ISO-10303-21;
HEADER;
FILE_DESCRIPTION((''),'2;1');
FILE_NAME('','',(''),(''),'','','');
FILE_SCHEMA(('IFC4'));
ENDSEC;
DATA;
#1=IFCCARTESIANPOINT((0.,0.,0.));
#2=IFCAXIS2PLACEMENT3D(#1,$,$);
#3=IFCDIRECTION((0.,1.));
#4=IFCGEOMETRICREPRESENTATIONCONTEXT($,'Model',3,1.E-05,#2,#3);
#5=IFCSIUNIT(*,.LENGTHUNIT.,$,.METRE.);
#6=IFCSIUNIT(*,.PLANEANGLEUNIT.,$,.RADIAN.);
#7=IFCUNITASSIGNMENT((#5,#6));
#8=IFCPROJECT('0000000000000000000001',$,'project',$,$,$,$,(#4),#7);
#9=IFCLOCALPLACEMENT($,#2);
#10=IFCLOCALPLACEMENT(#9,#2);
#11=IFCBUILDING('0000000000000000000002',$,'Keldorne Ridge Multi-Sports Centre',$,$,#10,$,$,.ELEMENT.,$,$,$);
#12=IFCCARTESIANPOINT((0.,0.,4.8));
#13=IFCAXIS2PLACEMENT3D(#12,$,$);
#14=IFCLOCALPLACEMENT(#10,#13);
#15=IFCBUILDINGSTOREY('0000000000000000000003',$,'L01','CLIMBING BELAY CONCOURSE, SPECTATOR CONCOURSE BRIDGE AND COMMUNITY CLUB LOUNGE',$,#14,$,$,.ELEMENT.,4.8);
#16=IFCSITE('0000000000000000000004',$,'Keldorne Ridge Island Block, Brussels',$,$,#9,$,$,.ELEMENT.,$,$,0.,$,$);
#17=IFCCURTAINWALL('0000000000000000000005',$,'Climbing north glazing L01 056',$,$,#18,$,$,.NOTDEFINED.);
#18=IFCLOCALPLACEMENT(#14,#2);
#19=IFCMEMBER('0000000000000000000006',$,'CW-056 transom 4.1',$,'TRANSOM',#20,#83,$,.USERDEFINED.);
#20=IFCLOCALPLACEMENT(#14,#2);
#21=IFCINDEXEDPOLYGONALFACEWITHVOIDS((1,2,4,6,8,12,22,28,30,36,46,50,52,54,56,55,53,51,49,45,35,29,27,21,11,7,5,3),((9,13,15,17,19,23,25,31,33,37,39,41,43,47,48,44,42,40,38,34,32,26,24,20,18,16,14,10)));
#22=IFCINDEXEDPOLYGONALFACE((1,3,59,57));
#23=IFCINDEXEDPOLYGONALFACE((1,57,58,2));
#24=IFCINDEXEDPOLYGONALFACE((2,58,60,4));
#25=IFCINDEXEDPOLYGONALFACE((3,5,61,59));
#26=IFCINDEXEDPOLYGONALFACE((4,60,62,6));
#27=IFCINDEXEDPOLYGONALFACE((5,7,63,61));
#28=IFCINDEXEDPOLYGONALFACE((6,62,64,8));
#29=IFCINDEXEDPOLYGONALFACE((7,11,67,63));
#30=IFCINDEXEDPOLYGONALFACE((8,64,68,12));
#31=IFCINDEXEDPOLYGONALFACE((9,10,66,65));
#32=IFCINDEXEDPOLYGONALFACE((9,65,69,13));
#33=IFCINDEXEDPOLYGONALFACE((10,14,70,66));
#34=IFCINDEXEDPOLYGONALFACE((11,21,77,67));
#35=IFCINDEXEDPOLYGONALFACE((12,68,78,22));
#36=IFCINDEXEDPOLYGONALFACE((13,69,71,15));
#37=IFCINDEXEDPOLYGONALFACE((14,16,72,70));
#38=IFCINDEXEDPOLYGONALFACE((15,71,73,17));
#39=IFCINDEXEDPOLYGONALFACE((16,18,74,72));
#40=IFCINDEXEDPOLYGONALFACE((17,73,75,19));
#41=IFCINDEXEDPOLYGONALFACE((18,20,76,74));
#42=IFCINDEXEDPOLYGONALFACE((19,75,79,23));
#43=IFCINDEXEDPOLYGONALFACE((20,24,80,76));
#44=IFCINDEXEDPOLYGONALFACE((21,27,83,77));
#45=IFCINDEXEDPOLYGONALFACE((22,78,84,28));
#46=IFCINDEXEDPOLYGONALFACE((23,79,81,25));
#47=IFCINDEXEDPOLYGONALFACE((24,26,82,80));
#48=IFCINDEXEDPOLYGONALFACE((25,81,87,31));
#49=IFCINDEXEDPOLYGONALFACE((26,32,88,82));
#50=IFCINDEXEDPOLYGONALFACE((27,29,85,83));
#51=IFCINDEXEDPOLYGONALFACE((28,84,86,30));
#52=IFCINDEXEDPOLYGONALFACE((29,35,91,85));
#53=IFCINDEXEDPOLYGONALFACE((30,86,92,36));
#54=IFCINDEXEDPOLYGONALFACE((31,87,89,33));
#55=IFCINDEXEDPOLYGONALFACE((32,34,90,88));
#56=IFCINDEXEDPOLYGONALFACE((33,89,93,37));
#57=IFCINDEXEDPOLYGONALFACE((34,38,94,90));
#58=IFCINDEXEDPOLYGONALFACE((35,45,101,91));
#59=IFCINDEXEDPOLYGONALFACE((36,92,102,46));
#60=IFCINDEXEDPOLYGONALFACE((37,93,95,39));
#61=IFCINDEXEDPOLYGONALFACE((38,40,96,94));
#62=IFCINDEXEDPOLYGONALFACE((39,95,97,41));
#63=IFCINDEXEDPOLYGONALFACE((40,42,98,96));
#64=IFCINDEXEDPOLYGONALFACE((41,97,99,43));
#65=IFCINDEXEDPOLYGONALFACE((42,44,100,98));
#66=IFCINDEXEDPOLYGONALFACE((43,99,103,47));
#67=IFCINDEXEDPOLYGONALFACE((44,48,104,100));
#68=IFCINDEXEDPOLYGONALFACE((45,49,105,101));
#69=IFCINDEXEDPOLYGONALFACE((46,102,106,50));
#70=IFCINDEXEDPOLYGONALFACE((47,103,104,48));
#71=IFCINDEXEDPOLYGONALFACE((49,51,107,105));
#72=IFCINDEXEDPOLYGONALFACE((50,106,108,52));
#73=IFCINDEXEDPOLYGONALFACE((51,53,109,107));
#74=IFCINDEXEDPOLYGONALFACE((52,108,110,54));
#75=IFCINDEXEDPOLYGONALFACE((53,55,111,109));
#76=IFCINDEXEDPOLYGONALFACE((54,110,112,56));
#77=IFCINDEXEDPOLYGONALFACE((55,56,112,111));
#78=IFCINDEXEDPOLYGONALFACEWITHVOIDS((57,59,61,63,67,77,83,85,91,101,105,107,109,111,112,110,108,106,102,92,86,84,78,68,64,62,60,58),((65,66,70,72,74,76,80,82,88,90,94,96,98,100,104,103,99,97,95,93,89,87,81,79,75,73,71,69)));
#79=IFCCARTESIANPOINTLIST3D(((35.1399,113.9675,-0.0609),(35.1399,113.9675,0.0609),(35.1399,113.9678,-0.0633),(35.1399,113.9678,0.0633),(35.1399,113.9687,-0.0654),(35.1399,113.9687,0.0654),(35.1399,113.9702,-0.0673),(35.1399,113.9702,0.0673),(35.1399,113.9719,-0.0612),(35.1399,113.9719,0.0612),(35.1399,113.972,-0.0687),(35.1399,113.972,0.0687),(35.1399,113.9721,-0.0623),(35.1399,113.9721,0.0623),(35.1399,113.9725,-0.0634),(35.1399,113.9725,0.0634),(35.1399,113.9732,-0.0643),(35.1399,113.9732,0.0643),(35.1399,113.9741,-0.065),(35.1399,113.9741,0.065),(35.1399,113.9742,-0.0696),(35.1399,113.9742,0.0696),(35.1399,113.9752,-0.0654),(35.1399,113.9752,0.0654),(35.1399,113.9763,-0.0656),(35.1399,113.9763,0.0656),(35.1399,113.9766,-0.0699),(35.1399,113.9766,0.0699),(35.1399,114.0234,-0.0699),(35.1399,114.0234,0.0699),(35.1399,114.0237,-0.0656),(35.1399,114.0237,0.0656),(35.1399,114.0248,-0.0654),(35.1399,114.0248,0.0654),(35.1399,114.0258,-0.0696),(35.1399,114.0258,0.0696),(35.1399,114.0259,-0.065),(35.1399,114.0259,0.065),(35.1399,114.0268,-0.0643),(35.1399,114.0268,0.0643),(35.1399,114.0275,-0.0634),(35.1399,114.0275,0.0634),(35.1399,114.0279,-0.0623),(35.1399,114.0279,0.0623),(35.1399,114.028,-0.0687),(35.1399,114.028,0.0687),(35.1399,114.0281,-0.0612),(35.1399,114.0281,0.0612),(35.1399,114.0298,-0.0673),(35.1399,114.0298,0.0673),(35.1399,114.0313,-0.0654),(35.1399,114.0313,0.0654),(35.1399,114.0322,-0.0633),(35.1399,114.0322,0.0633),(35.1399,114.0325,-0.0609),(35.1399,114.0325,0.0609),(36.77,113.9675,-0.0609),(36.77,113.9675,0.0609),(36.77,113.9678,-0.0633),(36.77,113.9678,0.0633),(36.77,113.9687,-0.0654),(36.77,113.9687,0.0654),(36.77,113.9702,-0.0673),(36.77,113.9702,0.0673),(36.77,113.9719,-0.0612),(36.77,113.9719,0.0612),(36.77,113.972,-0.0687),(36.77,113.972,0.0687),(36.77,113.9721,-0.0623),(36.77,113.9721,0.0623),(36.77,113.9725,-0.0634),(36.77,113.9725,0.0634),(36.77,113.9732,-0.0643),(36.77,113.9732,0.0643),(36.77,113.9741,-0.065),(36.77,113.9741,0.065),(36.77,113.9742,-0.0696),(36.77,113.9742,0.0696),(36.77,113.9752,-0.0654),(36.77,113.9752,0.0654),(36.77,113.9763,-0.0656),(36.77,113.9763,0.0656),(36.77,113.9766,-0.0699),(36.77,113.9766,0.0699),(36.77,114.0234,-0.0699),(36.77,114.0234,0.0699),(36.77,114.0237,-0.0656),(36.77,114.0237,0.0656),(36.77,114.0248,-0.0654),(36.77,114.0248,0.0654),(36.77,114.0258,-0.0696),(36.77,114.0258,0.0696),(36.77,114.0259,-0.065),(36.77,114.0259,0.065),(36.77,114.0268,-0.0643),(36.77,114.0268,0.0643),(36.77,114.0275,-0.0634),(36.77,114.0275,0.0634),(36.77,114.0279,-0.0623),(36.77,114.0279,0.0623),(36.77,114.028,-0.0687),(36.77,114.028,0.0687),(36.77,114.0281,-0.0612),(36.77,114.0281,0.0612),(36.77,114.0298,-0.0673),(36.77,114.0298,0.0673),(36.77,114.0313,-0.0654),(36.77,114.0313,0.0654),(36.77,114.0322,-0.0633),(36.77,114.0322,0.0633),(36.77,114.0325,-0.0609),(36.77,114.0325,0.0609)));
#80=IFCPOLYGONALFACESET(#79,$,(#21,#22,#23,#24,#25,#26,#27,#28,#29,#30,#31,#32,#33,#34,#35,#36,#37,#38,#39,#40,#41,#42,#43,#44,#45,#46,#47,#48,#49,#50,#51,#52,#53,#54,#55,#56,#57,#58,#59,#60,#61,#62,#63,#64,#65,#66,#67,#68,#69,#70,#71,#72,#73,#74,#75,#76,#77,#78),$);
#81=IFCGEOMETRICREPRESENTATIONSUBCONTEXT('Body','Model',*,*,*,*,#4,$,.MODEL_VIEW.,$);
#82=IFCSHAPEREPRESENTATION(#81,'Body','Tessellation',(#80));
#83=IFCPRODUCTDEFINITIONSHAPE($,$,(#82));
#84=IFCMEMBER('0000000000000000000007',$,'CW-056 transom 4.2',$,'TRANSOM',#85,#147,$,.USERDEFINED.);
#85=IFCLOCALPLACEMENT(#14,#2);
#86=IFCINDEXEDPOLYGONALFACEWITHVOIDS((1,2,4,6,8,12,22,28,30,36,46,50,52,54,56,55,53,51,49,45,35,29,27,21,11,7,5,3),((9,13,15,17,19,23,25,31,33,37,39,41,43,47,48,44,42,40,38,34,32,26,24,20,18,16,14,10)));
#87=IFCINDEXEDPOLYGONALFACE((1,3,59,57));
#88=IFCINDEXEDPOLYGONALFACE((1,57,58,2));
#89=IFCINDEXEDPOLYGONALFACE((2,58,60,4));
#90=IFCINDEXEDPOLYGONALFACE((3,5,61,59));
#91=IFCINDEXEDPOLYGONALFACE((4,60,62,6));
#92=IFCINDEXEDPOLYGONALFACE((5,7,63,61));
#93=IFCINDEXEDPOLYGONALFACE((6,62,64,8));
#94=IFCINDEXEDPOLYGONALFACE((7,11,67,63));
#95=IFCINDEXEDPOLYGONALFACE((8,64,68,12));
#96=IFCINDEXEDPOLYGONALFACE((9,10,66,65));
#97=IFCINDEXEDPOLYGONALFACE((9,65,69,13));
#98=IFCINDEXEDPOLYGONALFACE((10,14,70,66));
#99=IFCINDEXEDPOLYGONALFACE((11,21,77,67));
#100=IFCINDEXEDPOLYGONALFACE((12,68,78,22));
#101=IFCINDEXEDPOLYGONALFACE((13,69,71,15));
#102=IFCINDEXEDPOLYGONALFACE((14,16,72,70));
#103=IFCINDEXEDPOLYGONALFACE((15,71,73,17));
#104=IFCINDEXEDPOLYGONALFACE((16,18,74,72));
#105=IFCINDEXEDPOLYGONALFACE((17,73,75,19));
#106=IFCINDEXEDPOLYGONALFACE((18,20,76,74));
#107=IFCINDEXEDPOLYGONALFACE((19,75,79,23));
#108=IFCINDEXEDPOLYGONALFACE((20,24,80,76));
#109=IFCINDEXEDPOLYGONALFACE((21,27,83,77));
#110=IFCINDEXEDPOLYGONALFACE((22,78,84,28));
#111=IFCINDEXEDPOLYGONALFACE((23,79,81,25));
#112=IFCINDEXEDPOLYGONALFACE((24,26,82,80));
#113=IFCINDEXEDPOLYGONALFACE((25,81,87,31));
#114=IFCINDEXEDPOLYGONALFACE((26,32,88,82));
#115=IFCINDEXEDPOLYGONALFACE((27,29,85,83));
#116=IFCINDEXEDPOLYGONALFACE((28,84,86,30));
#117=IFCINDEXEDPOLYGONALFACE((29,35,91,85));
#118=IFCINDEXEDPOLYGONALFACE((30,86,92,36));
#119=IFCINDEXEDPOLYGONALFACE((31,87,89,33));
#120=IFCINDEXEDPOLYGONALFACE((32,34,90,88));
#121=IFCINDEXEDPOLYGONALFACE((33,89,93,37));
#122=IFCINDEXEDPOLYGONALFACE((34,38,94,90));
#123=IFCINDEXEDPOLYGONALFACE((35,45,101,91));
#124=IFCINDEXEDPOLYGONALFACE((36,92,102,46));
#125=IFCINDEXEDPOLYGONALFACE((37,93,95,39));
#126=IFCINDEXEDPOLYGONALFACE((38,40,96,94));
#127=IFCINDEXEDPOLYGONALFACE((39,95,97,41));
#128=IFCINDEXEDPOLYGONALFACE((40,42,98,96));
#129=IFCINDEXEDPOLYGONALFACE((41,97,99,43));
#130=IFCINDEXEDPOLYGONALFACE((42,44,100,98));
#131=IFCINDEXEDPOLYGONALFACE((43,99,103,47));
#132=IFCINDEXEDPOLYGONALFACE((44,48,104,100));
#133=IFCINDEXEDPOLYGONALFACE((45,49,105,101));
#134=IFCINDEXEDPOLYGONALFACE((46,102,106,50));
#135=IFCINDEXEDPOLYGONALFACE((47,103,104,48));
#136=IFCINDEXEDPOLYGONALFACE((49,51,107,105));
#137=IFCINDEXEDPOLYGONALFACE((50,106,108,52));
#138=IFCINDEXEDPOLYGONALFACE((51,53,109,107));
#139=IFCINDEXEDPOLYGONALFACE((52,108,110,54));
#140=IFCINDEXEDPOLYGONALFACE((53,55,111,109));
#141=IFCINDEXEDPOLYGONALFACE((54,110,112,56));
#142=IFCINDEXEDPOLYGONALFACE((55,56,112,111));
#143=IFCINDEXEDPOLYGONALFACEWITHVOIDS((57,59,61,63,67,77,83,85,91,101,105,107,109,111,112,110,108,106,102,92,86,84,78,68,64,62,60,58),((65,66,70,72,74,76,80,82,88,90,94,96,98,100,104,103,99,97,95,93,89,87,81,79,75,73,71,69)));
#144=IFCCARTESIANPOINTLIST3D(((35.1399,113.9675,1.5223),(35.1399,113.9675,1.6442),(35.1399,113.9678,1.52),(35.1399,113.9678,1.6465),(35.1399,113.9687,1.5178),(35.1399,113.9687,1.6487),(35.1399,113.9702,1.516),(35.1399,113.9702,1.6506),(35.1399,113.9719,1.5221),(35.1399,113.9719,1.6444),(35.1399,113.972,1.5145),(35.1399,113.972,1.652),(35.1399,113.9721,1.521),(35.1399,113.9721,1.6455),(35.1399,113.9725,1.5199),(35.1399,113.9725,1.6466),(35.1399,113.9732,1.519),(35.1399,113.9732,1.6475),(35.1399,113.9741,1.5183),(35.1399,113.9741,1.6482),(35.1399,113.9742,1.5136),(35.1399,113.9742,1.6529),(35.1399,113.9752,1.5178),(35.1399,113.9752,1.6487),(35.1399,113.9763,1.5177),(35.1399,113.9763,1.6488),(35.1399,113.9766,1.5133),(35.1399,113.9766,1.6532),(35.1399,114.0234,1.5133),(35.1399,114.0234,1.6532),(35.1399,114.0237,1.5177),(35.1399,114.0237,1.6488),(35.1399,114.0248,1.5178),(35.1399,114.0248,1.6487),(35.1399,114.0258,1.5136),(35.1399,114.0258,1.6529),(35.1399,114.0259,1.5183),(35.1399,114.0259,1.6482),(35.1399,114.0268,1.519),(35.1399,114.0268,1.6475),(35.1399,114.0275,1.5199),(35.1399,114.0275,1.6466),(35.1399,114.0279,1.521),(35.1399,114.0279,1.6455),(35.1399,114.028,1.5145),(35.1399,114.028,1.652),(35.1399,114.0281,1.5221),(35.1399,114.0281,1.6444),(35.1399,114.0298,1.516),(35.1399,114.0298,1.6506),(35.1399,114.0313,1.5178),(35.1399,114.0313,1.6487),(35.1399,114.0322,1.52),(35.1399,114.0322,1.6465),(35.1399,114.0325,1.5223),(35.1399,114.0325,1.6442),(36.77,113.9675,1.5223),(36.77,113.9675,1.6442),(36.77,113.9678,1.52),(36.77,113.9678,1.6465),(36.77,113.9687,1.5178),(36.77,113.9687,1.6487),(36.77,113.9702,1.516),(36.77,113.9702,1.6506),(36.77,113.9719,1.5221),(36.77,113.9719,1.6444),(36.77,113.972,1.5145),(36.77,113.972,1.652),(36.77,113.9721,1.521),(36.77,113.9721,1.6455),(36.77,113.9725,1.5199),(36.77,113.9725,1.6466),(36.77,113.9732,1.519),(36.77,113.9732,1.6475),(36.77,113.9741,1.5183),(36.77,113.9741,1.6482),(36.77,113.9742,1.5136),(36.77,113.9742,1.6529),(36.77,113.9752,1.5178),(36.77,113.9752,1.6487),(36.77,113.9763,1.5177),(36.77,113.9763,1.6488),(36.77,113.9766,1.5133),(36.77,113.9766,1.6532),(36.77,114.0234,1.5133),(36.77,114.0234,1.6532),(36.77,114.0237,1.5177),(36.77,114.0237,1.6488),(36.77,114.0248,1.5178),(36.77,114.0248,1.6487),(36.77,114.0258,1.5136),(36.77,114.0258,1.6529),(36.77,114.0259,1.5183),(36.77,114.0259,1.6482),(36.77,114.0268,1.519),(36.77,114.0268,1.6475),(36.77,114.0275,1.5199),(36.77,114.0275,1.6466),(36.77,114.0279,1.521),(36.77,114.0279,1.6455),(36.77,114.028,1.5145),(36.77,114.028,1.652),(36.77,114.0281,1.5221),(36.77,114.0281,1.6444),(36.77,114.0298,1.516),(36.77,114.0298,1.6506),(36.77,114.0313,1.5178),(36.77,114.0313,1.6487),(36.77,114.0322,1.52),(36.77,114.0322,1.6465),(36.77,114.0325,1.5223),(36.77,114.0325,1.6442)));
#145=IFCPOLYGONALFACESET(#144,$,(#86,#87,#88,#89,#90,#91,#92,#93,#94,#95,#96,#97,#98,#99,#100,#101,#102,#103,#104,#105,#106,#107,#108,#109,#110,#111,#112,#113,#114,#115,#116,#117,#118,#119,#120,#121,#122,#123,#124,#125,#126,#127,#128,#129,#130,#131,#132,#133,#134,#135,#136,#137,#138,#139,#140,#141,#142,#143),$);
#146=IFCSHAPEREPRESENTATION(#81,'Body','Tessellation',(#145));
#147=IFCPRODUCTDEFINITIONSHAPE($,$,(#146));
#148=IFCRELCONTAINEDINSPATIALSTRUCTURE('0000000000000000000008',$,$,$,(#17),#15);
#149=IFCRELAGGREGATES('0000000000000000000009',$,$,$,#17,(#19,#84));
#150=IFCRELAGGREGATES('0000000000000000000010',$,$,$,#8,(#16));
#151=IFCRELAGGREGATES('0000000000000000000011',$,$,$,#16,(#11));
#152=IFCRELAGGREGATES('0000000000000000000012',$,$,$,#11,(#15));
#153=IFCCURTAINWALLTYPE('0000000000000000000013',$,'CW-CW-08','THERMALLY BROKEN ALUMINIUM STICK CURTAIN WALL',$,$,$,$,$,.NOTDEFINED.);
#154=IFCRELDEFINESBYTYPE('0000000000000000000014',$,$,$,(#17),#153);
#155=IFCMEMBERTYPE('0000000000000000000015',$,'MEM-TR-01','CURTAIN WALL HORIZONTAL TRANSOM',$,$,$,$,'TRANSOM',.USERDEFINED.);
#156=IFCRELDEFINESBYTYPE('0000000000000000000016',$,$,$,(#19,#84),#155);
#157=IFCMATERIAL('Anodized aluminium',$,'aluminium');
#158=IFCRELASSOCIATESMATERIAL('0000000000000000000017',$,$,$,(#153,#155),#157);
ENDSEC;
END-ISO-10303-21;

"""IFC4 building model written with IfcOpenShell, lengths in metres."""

from ifc_helpers import new_model, si_unit, direction, frame, origin, origin_2d, place, context, subcontext, project, spatial, hollow_rectangle, extrude, material, material_profile, profile_set, type_object, element, aggregate, save


model = new_model("IFC4")

# Units and contexts
model_context = context("Model", 3, precision=1e-05, world=origin(), true_north=direction((0.0, 1.0)))
body_context = subcontext(model_context, "Body", "Model", "MODEL_VIEW")
ifc_project = project(units=[si_unit("LENGTHUNIT", "METRE"), si_unit("PLANEANGLEUNIT", "RADIAN")], contexts=[model_context])

# Site, building, storey
site_placement = place(None, origin())
site = spatial("IfcSite", under=ifc_project, at=site_placement, Name="Keldorne Ridge Island Block, Brussels", CompositionType="ELEMENT", RefElevation=0.0)
building_placement = place(site_placement, origin())
building = spatial("IfcBuilding", under=site, at=building_placement, Name="Keldorne Ridge Multi-Sports Centre", CompositionType="ELEMENT")
storey_placement = place(building_placement, frame((0.0, 0.0, 4.8)))
storey = spatial("IfcBuildingStorey", under=building, at=storey_placement, Name="L01", Description="CLIMBING BELAY CONCOURSE, SPECTATOR CONCOURSE BRIDGE AND COMMUNITY CLUB LOUNGE", CompositionType="ELEMENT", Elevation=4.8)

# Curtain wall, members
ifc_material_1 = material(Name="Anodized aluminium", Category="aluminium")
curtain_wall_type = type_object("IfcCurtainWallType", Name="CW-CW-08", Description="THERMALLY BROKEN ALUMINIUM STICK CURTAIN WALL", PredefinedType="NOTDEFINED", material=ifc_material_1)
curtain_wall_placement = place(storey_placement, origin())
curtain_wall = element("IfcCurtainWall", 1, at=curtain_wall_placement, inside=storey, type_object=curtain_wall_type, Name="Climbing north glazing L01 056", PredefinedType="NOTDEFINED")
ifc_material_profile_1 = material_profile(ifc_material_1, hollow_rectangle(XDim=0.0649, YDim=0.1399, WallThickness=0.0044, InnerFilletRadius=0.0044, OuterFilletRadius=0.009, at=origin_2d()), Name="ALU TRANSOM 140x65x4.5")
ifc_profile_set_1 = profile_set([ifc_material_profile_1], Name="Anodized aluminium")
member_type_1 = type_object("IfcMemberType", Name="MEM-TR-01", Description="CURTAIN WALL HORIZONTAL TRANSOM", ElementType="TRANSOM", PredefinedType="USERDEFINED", material=ifc_profile_set_1)
member_1_placement = place(storey_placement, frame((36.77, 114.0, 0.0), z_axis=(-1.0, 0.0, 0.0), x_axis=(0.0, -1.0, 0.0)))
member_1 = element("IfcMember", 2, at=member_1_placement, type_object=member_type_1, Name="CW-056 transom 4.1", ObjectType="TRANSOM", PredefinedType="USERDEFINED", context=body_context, shape_type="SweptSolid", body=[
    extrude(hollow_rectangle(XDim=0.0649, YDim=0.1399, WallThickness=0.0044, InnerFilletRadius=0.0044, OuterFilletRadius=0.009, at=origin_2d()), origin(), (0.0, 0.0, 1.0), 1.6301),
])
member_2_placement = place(storey_placement, frame((36.77, 114.0, 1.5833), z_axis=(-1.0, 0.0, 0.0), x_axis=(0.0, -1.0, 0.0)))
member_2 = element("IfcMember", 3, at=member_2_placement, type_object=member_type_1, Name="CW-056 transom 4.2", ObjectType="TRANSOM", PredefinedType="USERDEFINED", context=body_context, shape_type="SweptSolid", body=[
    extrude(hollow_rectangle(XDim=0.0649, YDim=0.1399, WallThickness=0.0044, InnerFilletRadius=0.0044, OuterFilletRadius=0.009, at=origin_2d()), origin(), (0.0, 0.0, 1.0), 1.6301),
])
aggregate(curtain_wall, [member_1, member_2])

save(model, "model.ifc")
